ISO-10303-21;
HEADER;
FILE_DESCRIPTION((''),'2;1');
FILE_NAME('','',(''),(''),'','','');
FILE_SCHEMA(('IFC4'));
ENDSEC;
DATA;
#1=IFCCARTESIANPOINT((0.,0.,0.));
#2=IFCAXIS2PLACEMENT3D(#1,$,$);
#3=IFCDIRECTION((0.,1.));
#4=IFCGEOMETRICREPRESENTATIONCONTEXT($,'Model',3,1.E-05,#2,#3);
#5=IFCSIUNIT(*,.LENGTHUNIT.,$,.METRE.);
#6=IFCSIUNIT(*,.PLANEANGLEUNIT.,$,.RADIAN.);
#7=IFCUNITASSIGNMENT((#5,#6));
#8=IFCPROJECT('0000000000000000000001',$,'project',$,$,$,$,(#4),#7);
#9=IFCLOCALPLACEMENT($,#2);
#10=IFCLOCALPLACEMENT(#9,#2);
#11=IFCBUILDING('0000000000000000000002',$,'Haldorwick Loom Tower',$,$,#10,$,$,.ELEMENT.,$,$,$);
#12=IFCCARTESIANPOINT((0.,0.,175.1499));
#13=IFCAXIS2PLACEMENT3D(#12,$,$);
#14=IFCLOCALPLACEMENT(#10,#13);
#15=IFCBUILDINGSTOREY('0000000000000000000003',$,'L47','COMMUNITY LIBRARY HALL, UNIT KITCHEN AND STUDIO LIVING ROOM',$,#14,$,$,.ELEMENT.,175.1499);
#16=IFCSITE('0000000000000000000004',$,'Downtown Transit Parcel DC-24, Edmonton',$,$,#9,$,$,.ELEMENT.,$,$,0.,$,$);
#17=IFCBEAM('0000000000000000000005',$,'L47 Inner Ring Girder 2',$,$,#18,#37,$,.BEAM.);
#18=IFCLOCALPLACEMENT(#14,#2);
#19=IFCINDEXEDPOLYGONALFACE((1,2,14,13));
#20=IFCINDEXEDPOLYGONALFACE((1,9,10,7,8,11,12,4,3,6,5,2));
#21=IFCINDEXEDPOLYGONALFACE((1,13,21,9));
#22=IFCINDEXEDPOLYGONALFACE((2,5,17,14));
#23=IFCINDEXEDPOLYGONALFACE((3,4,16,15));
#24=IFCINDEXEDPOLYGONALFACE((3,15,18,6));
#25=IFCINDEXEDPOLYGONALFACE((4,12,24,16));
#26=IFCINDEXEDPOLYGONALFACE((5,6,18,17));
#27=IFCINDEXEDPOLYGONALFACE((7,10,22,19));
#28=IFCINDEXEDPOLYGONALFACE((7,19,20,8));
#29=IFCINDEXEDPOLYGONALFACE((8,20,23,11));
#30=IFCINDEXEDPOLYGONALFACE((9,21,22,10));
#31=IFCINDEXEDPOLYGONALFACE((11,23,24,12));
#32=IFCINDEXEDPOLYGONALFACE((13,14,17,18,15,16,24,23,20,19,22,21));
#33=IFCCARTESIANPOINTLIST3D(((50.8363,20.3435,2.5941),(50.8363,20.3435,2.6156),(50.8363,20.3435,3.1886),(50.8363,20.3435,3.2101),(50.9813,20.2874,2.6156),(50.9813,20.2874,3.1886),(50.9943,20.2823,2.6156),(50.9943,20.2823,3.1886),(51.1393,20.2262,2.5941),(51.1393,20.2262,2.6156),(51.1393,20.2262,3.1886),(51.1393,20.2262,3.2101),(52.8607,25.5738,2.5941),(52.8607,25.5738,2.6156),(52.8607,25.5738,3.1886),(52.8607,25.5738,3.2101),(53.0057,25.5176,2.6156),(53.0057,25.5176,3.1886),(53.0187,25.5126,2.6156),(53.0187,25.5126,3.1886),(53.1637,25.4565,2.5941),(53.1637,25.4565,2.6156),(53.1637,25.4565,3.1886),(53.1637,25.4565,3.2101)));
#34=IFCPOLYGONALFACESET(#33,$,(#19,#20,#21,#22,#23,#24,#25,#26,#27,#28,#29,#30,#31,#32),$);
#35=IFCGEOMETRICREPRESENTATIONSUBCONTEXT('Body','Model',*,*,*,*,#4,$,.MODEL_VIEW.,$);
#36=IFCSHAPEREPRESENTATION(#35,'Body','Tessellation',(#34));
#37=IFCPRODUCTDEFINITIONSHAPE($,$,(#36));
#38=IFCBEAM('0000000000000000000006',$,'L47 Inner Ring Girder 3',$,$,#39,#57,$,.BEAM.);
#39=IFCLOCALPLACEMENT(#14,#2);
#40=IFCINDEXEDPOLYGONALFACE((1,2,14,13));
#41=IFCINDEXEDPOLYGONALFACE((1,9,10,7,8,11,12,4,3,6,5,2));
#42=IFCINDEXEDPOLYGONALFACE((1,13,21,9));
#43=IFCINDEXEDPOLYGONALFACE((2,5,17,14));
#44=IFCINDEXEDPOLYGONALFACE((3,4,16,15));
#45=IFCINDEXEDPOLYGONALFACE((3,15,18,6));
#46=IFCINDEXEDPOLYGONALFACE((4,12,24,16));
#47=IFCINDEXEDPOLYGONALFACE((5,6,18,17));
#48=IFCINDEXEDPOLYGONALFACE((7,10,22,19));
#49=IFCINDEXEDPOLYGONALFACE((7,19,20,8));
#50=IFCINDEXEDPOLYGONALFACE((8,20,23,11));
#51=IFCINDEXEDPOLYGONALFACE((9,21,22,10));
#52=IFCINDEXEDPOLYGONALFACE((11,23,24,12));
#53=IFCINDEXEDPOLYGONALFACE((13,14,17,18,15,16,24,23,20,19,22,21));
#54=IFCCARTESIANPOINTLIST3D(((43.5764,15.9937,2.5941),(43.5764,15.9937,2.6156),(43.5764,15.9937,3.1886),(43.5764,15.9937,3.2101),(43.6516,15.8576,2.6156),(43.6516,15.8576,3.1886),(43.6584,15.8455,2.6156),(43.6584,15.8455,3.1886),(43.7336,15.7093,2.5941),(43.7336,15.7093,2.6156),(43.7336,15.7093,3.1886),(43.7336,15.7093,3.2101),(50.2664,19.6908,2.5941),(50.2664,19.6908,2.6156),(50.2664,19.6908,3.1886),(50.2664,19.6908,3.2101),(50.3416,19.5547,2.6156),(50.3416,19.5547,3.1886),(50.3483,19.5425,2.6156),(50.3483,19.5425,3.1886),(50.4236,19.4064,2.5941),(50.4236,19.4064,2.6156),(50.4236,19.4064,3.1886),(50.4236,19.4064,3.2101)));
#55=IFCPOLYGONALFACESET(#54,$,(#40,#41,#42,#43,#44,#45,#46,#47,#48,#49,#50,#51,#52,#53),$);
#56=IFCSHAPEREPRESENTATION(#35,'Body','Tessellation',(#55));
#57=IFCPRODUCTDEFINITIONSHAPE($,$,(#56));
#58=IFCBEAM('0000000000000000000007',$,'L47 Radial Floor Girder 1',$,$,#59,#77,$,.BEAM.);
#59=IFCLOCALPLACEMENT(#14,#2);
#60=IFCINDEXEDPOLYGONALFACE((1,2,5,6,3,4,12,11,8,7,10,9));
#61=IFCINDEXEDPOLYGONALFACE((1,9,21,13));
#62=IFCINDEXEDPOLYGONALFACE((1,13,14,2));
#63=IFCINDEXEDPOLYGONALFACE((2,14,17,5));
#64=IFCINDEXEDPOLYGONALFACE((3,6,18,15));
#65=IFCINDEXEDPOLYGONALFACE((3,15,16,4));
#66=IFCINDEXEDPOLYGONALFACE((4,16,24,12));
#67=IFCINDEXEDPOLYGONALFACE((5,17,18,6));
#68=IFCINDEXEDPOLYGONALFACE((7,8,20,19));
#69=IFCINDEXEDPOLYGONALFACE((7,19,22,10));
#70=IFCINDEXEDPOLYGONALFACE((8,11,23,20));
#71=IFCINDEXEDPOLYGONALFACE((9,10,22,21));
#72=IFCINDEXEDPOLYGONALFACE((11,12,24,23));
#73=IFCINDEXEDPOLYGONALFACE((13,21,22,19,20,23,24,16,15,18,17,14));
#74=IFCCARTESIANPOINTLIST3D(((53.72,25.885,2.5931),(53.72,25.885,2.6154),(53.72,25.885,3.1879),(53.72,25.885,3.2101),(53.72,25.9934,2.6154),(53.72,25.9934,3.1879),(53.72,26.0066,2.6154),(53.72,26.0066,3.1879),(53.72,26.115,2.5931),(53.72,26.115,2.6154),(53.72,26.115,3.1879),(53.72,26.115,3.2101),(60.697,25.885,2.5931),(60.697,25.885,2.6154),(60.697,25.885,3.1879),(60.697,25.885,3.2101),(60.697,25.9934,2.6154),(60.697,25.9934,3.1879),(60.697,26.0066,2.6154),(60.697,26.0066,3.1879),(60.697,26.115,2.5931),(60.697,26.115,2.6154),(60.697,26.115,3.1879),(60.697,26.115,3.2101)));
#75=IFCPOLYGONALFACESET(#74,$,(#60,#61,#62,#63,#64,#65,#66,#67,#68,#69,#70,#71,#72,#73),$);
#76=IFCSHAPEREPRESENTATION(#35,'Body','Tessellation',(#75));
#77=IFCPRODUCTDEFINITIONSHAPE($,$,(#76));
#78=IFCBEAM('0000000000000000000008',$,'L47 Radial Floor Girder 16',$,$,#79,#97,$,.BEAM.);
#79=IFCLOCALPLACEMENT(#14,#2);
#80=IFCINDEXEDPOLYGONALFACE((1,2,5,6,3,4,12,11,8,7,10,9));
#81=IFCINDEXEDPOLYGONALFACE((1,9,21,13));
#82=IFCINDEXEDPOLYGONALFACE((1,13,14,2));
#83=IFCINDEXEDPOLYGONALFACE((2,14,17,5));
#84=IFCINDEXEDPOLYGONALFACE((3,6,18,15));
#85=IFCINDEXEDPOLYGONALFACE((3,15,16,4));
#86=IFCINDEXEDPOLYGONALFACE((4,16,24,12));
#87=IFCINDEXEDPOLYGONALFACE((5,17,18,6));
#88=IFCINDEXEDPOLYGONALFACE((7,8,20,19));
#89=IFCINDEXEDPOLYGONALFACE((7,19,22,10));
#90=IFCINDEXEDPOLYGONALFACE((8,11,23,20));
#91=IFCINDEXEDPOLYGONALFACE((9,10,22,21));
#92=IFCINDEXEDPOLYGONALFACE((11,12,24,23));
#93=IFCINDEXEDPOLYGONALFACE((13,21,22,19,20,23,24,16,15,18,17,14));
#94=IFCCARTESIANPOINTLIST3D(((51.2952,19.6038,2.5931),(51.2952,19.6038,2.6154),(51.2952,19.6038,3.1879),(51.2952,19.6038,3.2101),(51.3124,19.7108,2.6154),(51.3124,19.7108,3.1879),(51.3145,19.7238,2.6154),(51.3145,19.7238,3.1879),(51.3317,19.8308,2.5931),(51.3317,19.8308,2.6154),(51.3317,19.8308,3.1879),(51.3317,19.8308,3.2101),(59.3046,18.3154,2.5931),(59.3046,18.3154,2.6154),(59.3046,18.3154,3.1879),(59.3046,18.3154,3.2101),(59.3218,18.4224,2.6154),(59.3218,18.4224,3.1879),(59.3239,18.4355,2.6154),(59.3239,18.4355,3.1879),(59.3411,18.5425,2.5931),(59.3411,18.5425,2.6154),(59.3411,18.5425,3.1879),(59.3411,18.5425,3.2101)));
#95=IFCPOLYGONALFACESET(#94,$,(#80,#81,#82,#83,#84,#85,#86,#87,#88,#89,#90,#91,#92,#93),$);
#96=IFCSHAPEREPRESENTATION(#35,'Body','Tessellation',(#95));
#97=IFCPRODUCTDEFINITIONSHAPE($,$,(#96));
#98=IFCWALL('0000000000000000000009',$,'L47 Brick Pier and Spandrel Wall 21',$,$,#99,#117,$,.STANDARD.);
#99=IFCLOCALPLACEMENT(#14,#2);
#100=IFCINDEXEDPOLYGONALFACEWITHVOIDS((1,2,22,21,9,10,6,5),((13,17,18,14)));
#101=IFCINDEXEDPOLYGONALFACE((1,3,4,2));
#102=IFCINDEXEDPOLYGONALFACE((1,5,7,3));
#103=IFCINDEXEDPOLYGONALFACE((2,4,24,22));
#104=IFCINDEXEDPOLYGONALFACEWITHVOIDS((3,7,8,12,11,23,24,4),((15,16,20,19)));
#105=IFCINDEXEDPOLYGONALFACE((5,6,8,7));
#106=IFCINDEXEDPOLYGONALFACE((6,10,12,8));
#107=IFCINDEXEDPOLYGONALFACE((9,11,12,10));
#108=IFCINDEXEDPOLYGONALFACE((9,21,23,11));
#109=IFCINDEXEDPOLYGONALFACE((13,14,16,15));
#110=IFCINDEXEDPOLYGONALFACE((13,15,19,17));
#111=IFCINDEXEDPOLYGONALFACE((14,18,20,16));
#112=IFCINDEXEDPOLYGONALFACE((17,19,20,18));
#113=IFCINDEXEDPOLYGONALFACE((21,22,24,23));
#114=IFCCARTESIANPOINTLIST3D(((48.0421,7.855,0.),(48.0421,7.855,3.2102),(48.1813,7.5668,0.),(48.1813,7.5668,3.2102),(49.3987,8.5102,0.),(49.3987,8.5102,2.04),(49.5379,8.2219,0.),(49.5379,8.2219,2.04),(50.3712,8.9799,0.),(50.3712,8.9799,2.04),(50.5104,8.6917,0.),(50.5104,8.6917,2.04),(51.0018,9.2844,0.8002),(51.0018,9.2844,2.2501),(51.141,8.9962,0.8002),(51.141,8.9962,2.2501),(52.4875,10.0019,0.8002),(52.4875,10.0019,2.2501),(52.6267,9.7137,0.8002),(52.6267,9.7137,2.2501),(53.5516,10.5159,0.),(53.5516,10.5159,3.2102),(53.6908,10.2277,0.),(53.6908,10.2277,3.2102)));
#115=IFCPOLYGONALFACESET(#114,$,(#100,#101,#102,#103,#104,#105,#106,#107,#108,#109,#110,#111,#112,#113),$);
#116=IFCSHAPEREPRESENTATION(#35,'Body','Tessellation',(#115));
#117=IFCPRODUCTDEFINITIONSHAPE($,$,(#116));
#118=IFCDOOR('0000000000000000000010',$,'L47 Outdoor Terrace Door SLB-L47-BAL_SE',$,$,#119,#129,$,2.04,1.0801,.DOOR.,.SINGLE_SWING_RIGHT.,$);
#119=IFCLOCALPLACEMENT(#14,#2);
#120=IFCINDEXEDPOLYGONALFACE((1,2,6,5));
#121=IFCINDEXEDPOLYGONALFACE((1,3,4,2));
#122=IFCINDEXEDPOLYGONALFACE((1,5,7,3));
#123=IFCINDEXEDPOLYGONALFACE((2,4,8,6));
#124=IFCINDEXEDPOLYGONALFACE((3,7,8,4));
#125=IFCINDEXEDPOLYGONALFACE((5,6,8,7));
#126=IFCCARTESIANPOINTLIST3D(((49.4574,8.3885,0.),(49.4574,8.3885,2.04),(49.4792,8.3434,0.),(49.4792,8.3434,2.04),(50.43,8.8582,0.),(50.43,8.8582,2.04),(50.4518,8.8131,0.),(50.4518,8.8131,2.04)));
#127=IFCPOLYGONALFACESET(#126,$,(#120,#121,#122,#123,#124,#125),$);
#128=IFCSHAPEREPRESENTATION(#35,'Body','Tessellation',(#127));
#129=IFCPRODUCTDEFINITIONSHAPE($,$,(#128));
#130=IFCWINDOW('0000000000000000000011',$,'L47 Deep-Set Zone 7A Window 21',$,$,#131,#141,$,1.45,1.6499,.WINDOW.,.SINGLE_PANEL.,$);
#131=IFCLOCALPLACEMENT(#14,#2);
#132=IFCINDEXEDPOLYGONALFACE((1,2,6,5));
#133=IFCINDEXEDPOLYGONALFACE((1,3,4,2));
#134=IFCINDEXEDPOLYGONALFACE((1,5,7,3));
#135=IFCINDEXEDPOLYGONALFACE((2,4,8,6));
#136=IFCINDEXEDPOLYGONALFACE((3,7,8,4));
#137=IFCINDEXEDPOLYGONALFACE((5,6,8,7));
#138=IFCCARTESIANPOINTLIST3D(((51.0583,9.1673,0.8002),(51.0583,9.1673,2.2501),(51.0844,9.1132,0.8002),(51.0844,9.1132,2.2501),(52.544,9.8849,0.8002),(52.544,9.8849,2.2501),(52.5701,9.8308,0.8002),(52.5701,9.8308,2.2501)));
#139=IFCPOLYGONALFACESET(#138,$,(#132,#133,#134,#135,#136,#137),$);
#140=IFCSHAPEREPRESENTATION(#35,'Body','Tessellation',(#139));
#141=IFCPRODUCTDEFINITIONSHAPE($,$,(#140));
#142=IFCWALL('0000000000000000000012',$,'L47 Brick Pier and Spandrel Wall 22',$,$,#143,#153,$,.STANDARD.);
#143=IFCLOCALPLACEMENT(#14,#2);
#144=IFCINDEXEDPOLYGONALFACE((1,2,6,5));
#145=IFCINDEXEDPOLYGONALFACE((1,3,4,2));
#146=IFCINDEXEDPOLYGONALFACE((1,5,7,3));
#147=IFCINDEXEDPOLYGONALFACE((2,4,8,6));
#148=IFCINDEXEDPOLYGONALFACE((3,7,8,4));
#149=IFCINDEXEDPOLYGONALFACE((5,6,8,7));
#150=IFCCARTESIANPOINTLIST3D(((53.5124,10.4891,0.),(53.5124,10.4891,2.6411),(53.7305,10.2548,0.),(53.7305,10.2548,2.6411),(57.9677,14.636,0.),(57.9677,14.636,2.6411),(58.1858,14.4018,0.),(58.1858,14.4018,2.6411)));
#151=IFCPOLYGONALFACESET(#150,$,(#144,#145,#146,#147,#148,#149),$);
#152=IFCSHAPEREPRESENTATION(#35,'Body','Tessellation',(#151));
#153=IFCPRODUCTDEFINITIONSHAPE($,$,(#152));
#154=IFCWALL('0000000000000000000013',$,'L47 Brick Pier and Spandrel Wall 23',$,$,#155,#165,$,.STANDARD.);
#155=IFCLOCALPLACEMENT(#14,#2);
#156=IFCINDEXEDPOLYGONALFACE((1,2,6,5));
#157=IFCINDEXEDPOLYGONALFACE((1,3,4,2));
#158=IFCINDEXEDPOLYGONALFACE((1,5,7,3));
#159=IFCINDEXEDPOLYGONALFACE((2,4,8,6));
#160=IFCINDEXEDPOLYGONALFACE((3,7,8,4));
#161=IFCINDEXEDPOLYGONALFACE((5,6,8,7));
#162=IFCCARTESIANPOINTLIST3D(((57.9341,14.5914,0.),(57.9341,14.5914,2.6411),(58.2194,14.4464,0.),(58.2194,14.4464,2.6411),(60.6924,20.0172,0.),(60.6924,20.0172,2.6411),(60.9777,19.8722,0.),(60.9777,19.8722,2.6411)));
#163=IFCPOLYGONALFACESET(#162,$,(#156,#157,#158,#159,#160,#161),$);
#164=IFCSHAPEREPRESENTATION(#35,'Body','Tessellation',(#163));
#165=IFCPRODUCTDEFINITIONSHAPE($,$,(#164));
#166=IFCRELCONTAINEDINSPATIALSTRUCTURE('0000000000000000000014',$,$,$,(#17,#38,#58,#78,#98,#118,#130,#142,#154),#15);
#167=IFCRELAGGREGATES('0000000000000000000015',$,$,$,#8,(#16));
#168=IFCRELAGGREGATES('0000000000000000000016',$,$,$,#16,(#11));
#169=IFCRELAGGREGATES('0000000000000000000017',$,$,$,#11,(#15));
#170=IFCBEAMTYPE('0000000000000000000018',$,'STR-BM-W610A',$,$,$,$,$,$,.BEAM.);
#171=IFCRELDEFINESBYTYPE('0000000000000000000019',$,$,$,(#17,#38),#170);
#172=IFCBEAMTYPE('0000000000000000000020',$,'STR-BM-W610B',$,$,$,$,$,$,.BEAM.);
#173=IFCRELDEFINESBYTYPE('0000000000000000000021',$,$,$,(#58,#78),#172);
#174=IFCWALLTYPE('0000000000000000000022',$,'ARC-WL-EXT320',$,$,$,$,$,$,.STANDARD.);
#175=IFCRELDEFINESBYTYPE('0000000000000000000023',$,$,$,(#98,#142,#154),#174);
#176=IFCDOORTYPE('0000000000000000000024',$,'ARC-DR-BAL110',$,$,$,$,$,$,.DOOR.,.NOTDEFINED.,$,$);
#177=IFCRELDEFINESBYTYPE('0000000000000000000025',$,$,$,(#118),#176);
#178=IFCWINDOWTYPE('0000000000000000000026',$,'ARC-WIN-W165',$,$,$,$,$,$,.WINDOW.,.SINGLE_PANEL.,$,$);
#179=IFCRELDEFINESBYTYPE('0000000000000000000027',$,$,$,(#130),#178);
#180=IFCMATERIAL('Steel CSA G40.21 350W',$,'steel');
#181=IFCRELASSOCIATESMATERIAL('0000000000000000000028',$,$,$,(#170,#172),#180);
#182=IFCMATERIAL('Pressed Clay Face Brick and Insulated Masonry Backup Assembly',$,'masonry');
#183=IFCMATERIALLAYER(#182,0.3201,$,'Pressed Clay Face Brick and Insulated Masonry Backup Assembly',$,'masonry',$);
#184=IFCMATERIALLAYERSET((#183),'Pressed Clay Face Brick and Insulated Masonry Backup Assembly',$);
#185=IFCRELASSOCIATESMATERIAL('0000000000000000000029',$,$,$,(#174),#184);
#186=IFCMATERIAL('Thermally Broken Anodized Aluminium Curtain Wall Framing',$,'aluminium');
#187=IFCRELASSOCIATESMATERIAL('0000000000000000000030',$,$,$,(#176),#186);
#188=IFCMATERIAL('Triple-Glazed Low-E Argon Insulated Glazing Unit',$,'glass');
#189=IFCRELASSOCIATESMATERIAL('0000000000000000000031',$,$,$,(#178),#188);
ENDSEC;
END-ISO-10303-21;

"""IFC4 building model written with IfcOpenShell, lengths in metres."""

from ifc_helpers import new_model, si_unit, direction, frame, frame_2d, origin, origin_2d, place, context, subcontext, project, spatial, rectangle, i_section, extrude, material, layer, layer_set, material_profile, profile_set, type_object, element, fill, save


model = new_model("IFC4")

# Units and contexts
model_context = context("Model", 3, precision=1e-05, world=origin(), true_north=direction((0.0, 1.0)))
body_context = subcontext(model_context, "Body", "Model", "MODEL_VIEW")
ifc_project = project(units=[si_unit("LENGTHUNIT", "METRE"), si_unit("PLANEANGLEUNIT", "RADIAN")], contexts=[model_context])

# Site, building, storey
site_placement = place(None, origin())
site = spatial("IfcSite", under=ifc_project, at=site_placement, Name="Downtown Transit Parcel DC-24, Edmonton", CompositionType="ELEMENT", RefElevation=0.0)
building_placement = place(site_placement, origin())
building = spatial("IfcBuilding", under=site, at=building_placement, Name="Haldorwick Loom Tower", CompositionType="ELEMENT")
storey_placement = place(building_placement, frame((0.0, 0.0, 175.1499)))
storey = spatial("IfcBuildingStorey", under=building, at=storey_placement, Name="L47", Description="COMMUNITY LIBRARY HALL, UNIT KITCHEN AND STUDIO LIVING ROOM", CompositionType="ELEMENT", Elevation=175.1499)

# Beams
ifc_material_1 = material(Name="Steel CSA G40.21 350W", Category="steel")
ifc_material_profile_1 = material_profile(ifc_material_1, i_section(OverallWidth=0.325, OverallDepth=0.616, WebThickness=0.0139, FlangeThickness=0.0215, at=origin_2d()), Name="W610X174", Category="steel")
ifc_profile_set_1 = profile_set([ifc_material_profile_1], Name="Steel CSA G40.21 350W")
beam_type_1 = type_object("IfcBeamType", Name="STR-BM-W610A", PredefinedType="BEAM", material=ifc_profile_set_1)
beam_1_placement = place(storey_placement, frame((53.0122, 25.5151, 2.9021), z_axis=(-0.360965, -0.932579, 0.0), x_axis=(0.932579, -0.360965, 0.0)))
element("IfcBeam", 1, at=beam_1_placement, inside=storey, type_object=beam_type_1, Name="L47 Inner Ring Girder 2", PredefinedType="BEAM", context=body_context, shape_type="SweptSolid", body=[
    extrude(i_section(OverallWidth=0.325, OverallDepth=0.616, WebThickness=0.0139, FlangeThickness=0.0215, at=origin_2d()), origin(), (0.0, 0.0, 1.0), 5.6084),
])
beam_2_placement = place(storey_placement, frame((50.345, 19.5486, 2.9021), z_axis=(-0.875244, -0.483681, 0.0), x_axis=(0.483681, -0.875244, 0.0)))
element("IfcBeam", 2, at=beam_2_placement, inside=storey, type_object=beam_type_1, Name="L47 Inner Ring Girder 3", PredefinedType="BEAM", context=body_context, shape_type="SweptSolid", body=[
    extrude(i_section(OverallWidth=0.325, OverallDepth=0.616, WebThickness=0.0139, FlangeThickness=0.0215, at=origin_2d()), origin(), (0.0, 0.0, 1.0), 7.6436),
])
ifc_material_profile_2 = material_profile(ifc_material_1, i_section(OverallWidth=0.23, OverallDepth=0.6169, WebThickness=0.0132, FlangeThickness=0.0222, at=origin_2d()), Name="W610X140", Category="steel")
ifc_profile_set_2 = profile_set([ifc_material_profile_2], Name="Steel CSA G40.21 350W")
beam_type_2 = type_object("IfcBeamType", Name="STR-BM-W610B", PredefinedType="BEAM", material=ifc_profile_set_2)
beam_3_placement = place(storey_placement, frame((53.72, 26.0, 2.9016), z_axis=(1.0, 0.0, 0.0), x_axis=(0.0, 1.0, 0.0)))
element("IfcBeam", 3, at=beam_3_placement, inside=storey, type_object=beam_type_2, Name="L47 Radial Floor Girder 1", PredefinedType="BEAM", context=body_context, shape_type="SweptSolid", body=[
    extrude(i_section(OverallWidth=0.23, OverallDepth=0.6169, WebThickness=0.0132, FlangeThickness=0.0222, at=origin_2d()), origin(), (0.0, 0.0, 1.0), 6.9771),
])
beam_4_placement = place(storey_placement, frame((51.3135, 19.7173, 2.9016), z_axis=(0.987309, -0.158813, 0.0), x_axis=(0.158813, 0.987309, 0.0)))
element("IfcBeam", 4, at=beam_4_placement, inside=storey, type_object=beam_type_2, Name="L47 Radial Floor Girder 16", PredefinedType="BEAM", context=body_context, shape_type="SweptSolid", body=[
    extrude(i_section(OverallWidth=0.23, OverallDepth=0.6169, WebThickness=0.0132, FlangeThickness=0.0222, at=origin_2d()), origin(), (0.0, 0.0, 1.0), 8.1123),
])

# Wall, openings, door, window
ifc_material_2 = material(Name="Pressed Clay Face Brick and Insulated Masonry Backup Assembly", Category="masonry")
ifc_layer_1 = layer(ifc_material_2, 0.3201, Name="Pressed Clay Face Brick and Insulated Masonry Backup Assembly", Category="masonry")
ifc_layer_set_1 = layer_set([ifc_layer_1], Name="Pressed Clay Face Brick and Insulated Masonry Backup Assembly")
wall_type_1 = type_object("IfcWallType", Name="ARC-WL-EXT320", PredefinedType="STANDARD", material=ifc_layer_set_1)
wall_1_placement = place(storey_placement, frame((48.1118, 7.7109, 0.0), z_axis=(0.0, 0.0, 1.0), x_axis=(0.90048, 0.434897, 0.0)))
wall_1 = element("IfcWall", 5, at=wall_1_placement, inside=storey, type_object=wall_type_1, Name="L47 Brick Pier and Spandrel Wall 21", PredefinedType="STANDARD", context=body_context, shape_type="SweptSolid", body=[
    extrude(rectangle(XDim=6.1184, YDim=0.3201, at=frame_2d((3.0591, 0.0))), origin(), (0.0, 0.0, 1.0), 3.2102),
])
opening_1_placement = place(wall_1_placement, frame((1.5063, 0.0, 0.0)))
opening_1 = element("IfcOpeningElement", 6, at=opening_1_placement, cuts=wall_1, PredefinedType="OPENING", context=body_context, shape_type="SweptSolid", body=[
    extrude(rectangle(XDim=1.0801, YDim=2.04, at=frame_2d((0.54, 1.02))), frame((0.0, 0.1699, 0.0), z_axis=(0.0, -1.0, 0.0), x_axis=(1.0, 0.0, 0.0)), (0.0, 0.0, 1.0), 0.3401),
])
opening_2_placement = place(wall_1_placement, frame((3.2866, 0.0, 0.8)))
opening_2 = element("IfcOpeningElement", 7, at=opening_2_placement, cuts=wall_1, PredefinedType="OPENING", context=body_context, shape_type="SweptSolid", body=[
    extrude(rectangle(XDim=1.6499, YDim=1.45, at=frame_2d((0.825, 0.7251))), frame((0.0, 0.1699, 0.0), z_axis=(0.0, -1.0, 0.0), x_axis=(1.0, 0.0, 0.0)), (0.0, 0.0, 1.0), 0.3401),
])
ifc_material_3 = material(Name="Thermally Broken Anodized Aluminium Curtain Wall Framing", Category="aluminium")
door_type = type_object("IfcDoorType", Name="ARC-DR-BAL110", OperationType="NOTDEFINED", PredefinedType="DOOR", material=ifc_material_3)
door_placement = place(opening_1_placement, origin())
door = element("IfcDoor", 8, at=door_placement, inside=storey, type_object=door_type, Name="L47 Outdoor Terrace Door SLB-L47-BAL_SE", OperationType="SINGLE_SWING_RIGHT", OverallHeight=2.04, OverallWidth=1.0801, PredefinedType="DOOR", context=body_context, shape_type="SweptSolid", body=[
    extrude(rectangle(XDim=1.0801, YDim=2.04, at=frame_2d((0.54, 1.02))), frame((0.0, 0.0249, 0.0), z_axis=(0.0, -1.0, 0.0), x_axis=(1.0, 0.0, 0.0)), (0.0, 0.0, 1.0), 0.05),
])
fill(opening_1, door)
ifc_material_4 = material(Name="Triple-Glazed Low-E Argon Insulated Glazing Unit", Category="glass")
window_type = type_object("IfcWindowType", Name="ARC-WIN-W165", PartitioningType="SINGLE_PANEL", PredefinedType="WINDOW", material=ifc_material_4)
window_1_placement = place(opening_2_placement, origin())
window_1 = element("IfcWindow", 9, at=window_1_placement, inside=storey, type_object=window_type, Name="L47 Deep-Set Zone 7A Window 21", OverallHeight=1.45, OverallWidth=1.6499, PartitioningType="SINGLE_PANEL", PredefinedType="WINDOW", context=body_context, shape_type="SweptSolid", body=[
    extrude(rectangle(XDim=1.6499, YDim=1.45, at=frame_2d((0.825, 0.7251))), frame((0.0, 0.03, 0.0), z_axis=(0.0, -1.0, 0.0), x_axis=(1.0, 0.0, 0.0)), (0.0, 0.0, 1.0), 0.0601),
])
fill(opening_2, window_1)

# Walls
for number, where, z_axis, x_axis, name in (
    (10, (53.6213, 10.3718, 0.0), (0.0, 0.0, 1.0), (0.731983, 0.681323, 0.0), "L47 Brick Pier and Spandrel Wall 22"),
    (11, (58.0767, 14.5188, 0.0), (0.0, 0.0, 1.0), (0.453172, 0.891423, 0.0), "L47 Brick Pier and Spandrel Wall 23"),
):
    element("IfcWall", number, at=place(storey_placement, frame(where, z_axis=z_axis, x_axis=x_axis)), inside=storey, type_object=wall_type_1, Name=name, PredefinedType="STANDARD", context=body_context, shape_type="SweptSolid", body=[
        extrude(rectangle(XDim=6.0867, YDim=0.3201, at=frame_2d((3.0435, 0.0))), origin(), (0.0, 0.0, 1.0), 2.6411),
    ])

save(model, "model.ifc")
